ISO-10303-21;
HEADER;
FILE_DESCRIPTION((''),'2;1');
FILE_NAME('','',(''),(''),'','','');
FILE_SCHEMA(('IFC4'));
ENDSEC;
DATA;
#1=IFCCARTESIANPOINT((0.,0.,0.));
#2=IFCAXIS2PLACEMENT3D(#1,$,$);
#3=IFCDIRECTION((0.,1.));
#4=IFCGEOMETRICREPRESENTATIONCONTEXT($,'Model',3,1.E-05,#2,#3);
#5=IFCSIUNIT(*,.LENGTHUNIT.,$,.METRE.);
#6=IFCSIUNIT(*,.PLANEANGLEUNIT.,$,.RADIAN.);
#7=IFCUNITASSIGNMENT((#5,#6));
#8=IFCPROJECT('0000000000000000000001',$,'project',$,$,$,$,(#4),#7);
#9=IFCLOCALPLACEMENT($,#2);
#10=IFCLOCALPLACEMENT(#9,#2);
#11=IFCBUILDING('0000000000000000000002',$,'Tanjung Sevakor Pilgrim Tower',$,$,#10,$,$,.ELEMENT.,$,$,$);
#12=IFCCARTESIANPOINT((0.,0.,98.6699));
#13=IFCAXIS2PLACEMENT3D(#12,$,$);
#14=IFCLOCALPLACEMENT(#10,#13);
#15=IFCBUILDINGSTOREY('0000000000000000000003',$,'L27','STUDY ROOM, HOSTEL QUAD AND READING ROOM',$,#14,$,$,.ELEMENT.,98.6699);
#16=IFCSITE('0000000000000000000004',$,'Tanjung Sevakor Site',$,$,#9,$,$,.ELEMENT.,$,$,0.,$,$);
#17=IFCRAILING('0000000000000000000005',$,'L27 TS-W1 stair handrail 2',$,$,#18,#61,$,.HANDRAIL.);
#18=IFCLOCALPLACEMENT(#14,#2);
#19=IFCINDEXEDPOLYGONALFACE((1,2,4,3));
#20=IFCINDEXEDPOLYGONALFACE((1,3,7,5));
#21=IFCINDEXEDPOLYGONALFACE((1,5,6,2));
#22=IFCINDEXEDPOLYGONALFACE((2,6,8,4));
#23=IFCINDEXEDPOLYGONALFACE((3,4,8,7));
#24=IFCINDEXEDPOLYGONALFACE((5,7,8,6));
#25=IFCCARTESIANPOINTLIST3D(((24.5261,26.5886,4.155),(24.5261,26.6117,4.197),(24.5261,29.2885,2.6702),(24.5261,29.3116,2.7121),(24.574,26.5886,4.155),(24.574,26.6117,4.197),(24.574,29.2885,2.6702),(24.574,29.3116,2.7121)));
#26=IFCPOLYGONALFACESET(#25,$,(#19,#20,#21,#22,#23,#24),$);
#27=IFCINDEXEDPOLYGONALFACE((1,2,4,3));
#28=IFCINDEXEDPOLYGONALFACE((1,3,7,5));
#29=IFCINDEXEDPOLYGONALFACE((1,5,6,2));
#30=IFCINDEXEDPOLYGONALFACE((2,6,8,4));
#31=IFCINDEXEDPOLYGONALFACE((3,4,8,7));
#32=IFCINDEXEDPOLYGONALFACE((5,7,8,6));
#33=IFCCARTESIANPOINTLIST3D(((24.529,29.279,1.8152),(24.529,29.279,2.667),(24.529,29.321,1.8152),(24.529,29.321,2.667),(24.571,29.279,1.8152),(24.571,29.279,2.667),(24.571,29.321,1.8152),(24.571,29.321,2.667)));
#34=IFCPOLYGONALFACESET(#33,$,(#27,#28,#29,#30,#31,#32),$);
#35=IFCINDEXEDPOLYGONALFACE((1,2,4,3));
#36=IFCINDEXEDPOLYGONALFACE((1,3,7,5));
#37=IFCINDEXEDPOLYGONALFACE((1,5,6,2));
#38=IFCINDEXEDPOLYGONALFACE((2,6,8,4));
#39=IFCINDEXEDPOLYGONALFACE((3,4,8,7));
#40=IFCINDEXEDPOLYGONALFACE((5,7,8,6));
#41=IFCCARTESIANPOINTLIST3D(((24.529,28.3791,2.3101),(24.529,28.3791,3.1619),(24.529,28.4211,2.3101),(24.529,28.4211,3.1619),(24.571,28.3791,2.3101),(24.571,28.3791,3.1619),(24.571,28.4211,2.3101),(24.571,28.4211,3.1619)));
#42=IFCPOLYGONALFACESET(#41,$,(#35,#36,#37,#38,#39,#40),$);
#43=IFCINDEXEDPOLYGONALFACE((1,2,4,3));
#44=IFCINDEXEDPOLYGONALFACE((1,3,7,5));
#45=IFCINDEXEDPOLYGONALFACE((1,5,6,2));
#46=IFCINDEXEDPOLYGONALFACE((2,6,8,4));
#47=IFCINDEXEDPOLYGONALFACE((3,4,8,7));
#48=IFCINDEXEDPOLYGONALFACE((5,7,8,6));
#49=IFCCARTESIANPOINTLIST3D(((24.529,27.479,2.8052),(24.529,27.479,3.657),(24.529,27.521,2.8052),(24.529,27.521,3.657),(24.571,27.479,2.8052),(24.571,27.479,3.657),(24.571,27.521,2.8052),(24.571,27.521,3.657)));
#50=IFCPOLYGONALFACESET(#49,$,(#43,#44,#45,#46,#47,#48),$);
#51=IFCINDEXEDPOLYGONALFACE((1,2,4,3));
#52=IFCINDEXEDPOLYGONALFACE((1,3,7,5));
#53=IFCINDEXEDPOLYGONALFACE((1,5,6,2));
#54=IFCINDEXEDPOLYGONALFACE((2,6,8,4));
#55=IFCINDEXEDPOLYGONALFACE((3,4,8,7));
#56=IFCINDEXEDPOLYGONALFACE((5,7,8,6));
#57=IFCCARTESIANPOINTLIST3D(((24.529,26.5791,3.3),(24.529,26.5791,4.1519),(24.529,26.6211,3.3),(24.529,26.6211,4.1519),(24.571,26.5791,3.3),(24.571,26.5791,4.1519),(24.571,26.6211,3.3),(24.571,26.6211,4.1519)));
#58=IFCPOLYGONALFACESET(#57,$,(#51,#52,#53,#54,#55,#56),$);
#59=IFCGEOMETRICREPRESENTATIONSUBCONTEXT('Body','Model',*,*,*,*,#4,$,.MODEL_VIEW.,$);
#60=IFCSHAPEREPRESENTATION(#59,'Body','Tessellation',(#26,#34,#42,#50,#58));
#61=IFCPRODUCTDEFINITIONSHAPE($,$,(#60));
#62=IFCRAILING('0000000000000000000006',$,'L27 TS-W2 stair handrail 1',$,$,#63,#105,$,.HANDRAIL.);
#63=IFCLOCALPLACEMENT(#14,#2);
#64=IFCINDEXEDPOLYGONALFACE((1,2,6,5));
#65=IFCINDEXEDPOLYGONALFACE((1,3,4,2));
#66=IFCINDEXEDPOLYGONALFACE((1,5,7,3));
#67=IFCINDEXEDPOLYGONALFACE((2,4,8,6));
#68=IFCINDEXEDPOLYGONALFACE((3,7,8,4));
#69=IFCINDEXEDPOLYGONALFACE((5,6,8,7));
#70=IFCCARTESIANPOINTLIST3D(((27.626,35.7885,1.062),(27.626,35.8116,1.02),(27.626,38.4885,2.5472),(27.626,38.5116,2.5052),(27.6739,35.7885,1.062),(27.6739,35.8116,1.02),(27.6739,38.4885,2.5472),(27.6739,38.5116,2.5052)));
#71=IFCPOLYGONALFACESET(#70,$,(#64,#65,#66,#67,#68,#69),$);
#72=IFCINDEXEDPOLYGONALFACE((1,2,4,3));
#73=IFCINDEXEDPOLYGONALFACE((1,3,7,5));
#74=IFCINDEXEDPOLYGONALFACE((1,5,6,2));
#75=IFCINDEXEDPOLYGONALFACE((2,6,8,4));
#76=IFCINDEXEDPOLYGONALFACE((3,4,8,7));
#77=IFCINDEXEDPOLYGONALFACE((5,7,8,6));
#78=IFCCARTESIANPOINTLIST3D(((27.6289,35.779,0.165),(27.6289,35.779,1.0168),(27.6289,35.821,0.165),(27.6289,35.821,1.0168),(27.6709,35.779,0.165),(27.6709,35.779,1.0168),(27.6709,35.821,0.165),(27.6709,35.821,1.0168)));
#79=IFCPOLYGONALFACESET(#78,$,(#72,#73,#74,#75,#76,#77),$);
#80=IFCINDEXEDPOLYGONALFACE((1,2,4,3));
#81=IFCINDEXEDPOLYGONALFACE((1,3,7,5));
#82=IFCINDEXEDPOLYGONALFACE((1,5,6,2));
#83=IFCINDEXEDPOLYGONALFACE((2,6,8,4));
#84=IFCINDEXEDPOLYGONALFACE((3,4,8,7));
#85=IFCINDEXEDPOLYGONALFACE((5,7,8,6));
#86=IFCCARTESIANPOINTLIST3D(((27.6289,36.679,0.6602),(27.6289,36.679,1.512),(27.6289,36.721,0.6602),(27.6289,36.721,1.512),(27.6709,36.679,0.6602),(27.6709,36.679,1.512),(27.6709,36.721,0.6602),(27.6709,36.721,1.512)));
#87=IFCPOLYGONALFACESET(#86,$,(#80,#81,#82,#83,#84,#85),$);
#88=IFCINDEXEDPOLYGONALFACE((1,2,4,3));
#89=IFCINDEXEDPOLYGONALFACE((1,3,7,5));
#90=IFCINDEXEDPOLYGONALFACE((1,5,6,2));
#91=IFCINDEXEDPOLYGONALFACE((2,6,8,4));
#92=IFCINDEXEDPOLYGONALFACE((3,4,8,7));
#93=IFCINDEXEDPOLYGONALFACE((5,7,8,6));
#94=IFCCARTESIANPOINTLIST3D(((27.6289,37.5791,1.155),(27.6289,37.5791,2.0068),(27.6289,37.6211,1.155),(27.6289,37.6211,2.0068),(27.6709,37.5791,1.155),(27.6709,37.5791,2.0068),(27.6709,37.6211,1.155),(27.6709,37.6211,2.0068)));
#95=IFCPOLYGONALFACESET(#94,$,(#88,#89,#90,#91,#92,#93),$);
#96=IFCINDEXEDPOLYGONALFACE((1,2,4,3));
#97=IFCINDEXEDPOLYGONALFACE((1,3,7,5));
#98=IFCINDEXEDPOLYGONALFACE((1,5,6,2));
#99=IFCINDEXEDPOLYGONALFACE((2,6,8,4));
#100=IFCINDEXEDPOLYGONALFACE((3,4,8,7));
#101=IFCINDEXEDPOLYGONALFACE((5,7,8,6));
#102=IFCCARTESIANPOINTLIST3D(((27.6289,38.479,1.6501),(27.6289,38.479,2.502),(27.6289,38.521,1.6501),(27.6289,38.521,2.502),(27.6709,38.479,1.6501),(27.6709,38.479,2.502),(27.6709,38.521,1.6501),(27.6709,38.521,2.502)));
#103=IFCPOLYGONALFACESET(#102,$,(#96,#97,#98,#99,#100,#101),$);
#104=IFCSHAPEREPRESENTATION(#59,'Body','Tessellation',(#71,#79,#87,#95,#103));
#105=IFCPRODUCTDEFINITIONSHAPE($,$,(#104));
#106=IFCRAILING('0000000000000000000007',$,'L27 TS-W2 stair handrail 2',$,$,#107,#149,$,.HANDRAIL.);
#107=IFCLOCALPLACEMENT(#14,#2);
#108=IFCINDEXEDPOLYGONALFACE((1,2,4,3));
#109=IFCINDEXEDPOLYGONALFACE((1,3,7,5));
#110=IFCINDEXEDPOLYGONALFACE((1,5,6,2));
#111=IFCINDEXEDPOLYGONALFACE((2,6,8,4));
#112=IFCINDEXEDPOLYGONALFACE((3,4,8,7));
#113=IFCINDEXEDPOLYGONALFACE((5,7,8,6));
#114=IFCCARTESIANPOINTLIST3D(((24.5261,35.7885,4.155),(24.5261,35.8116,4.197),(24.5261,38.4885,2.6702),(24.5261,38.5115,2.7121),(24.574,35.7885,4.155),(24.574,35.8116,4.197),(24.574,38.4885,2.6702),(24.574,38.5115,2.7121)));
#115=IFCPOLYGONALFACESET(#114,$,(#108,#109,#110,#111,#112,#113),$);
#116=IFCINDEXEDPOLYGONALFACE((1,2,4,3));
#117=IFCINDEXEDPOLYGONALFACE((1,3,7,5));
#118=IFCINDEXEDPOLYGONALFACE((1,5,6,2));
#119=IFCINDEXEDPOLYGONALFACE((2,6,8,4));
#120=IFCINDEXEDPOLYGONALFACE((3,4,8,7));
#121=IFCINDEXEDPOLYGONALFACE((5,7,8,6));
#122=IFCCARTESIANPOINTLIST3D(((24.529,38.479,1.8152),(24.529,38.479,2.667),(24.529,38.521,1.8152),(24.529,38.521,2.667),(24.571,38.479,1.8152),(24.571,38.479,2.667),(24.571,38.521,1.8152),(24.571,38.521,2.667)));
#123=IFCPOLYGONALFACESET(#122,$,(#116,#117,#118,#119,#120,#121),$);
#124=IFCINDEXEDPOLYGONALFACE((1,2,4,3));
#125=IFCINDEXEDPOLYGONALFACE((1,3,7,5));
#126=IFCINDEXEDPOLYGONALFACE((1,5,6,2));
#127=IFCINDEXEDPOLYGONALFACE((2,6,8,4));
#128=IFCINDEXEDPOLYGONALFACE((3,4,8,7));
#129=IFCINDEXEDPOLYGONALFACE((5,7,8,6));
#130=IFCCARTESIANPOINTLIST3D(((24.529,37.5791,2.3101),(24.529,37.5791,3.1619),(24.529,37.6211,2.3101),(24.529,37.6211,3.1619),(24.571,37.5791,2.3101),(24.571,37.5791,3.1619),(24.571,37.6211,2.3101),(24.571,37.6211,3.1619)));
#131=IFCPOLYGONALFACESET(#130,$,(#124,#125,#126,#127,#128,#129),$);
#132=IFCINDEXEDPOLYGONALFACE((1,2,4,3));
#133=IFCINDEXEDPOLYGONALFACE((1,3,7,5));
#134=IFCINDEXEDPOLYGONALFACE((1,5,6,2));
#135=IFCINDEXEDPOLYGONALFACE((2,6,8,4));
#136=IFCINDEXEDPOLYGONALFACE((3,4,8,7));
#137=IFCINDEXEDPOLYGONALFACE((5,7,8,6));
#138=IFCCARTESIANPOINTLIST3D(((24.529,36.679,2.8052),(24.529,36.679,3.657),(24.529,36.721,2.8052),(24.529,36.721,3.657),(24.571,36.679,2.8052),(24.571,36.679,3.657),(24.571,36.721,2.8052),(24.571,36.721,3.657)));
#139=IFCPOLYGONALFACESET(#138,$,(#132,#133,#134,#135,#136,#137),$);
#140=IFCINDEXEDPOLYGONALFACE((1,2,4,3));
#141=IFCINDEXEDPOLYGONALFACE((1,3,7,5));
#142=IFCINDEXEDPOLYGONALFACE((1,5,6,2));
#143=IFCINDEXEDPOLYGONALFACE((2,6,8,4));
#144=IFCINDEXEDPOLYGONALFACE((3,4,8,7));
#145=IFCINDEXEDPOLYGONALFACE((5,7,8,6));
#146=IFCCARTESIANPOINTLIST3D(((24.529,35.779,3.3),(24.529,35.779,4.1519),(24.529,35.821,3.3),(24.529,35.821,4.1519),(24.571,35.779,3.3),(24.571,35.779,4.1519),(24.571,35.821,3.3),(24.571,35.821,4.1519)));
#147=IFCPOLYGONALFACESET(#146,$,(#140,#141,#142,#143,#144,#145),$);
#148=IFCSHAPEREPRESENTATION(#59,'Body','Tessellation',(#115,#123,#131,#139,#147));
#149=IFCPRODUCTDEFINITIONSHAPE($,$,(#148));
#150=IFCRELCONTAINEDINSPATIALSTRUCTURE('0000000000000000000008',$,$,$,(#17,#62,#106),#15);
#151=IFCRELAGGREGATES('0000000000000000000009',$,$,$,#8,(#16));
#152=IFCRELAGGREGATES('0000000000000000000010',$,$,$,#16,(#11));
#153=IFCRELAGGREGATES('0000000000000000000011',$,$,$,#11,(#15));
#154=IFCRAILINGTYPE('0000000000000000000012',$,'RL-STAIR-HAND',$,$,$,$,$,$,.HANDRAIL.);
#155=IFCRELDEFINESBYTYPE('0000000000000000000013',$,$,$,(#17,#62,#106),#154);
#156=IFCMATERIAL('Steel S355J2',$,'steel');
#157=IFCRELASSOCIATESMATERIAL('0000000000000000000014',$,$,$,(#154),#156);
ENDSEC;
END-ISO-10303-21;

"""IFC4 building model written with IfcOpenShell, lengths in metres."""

from ifc_helpers import new_model, si_unit, direction, frame, origin, place, context, subcontext, project, spatial, rectangle, extrude, material, type_object, element, save


model = new_model("IFC4")

# Units and contexts
model_context = context("Model", 3, precision=1e-05, world=origin(), true_north=direction((0.0, 1.0)))
body_context = subcontext(model_context, "Body", "Model", "MODEL_VIEW")
ifc_project = project(units=[si_unit("LENGTHUNIT", "METRE"), si_unit("PLANEANGLEUNIT", "RADIAN")], contexts=[model_context])

# Site, building, storey
site_placement = place(None, origin())
site = spatial("IfcSite", under=ifc_project, at=site_placement, Name="Tanjung Sevakor Site", CompositionType="ELEMENT", RefElevation=0.0)
building_placement = place(site_placement, origin())
building = spatial("IfcBuilding", under=site, at=building_placement, Name="Tanjung Sevakor Pilgrim Tower", CompositionType="ELEMENT")
storey_placement = place(building_placement, frame((0.0, 0.0, 98.6699)))
storey = spatial("IfcBuildingStorey", under=building, at=storey_placement, Name="L27", Description="STUDY ROOM, HOSTEL QUAD AND READING ROOM", CompositionType="ELEMENT", Elevation=98.6699)

# Railings
ifc_material_1 = material(Name="Steel S355J2", Category="steel")
railing_type_1 = type_object("IfcRailingType", Name="RL-STAIR-HAND", PredefinedType="HANDRAIL", material=ifc_material_1)
railing_1_placement = place(storey_placement, frame((24.55, 29.3, 1.8152)))
element("IfcRailing", 1, at=railing_1_placement, inside=storey, type_object=railing_type_1, Name="L27 TS-W1 stair handrail 2", PredefinedType="HANDRAIL", context=body_context, shape_type="SweptSolid", body=[
    extrude(rectangle(XDim=0.0479, YDim=0.0479), frame((0.0, 0.0, 0.876), z_axis=(0.0, -0.876231, 0.481891), x_axis=(1.0, 0.0, 0.0)), (0.0, 0.0, 1.0), 3.0813),
    extrude(rectangle(XDim=0.042, YDim=0.042), origin(), (0.0, 0.0, 1.0), 0.8518),
    extrude(rectangle(XDim=0.042, YDim=0.042), frame((0.0, -0.8999, 0.4949)), (0.0, 0.0, 1.0), 0.8518),
    extrude(rectangle(XDim=0.042, YDim=0.042), frame((0.0, -1.8, 0.99)), (0.0, 0.0, 1.0), 0.8518),
    extrude(rectangle(XDim=0.042, YDim=0.042), frame((0.0, -2.7, 1.4849)), (0.0, 0.0, 1.0), 0.8518),
])
railing_2_placement = place(storey_placement, frame((27.6499, 35.8, 0.165)))
element("IfcRailing", 2, at=railing_2_placement, inside=storey, type_object=railing_type_1, Name="L27 TS-W2 stair handrail 1", PredefinedType="HANDRAIL", context=body_context, shape_type="SweptSolid", body=[
    extrude(rectangle(XDim=0.0479, YDim=0.0479), frame((0.0, 0.0, 0.876), z_axis=(0.0, 0.876198, 0.481952), x_axis=(-1.0, 0.0, 0.0)), (0.0, 0.0, 1.0), 3.0815),
    extrude(rectangle(XDim=0.042, YDim=0.042), origin(), (0.0, 0.0, 1.0), 0.8518),
    extrude(rectangle(XDim=0.042, YDim=0.042), frame((0.0, 0.8999, 0.4951)), (0.0, 0.0, 1.0), 0.8518),
    extrude(rectangle(XDim=0.042, YDim=0.042), frame((0.0, 1.8, 0.99)), (0.0, 0.0, 1.0), 0.8518),
    extrude(rectangle(XDim=0.042, YDim=0.042), frame((0.0, 2.7, 1.4851)), (0.0, 0.0, 1.0), 0.8518),
])
railing_3_placement = place(storey_placement, frame((24.55, 38.5, 1.8152)))
element("IfcRailing", 3, at=railing_3_placement, inside=storey, type_object=railing_type_1, Name="L27 TS-W2 stair handrail 2", PredefinedType="HANDRAIL", context=body_context, shape_type="SweptSolid", body=[
    extrude(rectangle(XDim=0.0479, YDim=0.0479), frame((0.0, 0.0, 0.876), z_axis=(0.0, -0.876231, 0.481891), x_axis=(1.0, 0.0, 0.0)), (0.0, 0.0, 1.0), 3.0813),
    extrude(rectangle(XDim=0.042, YDim=0.042), origin(), (0.0, 0.0, 1.0), 0.8518),
    extrude(rectangle(XDim=0.042, YDim=0.042), frame((0.0, -0.8999, 0.4949)), (0.0, 0.0, 1.0), 0.8518),
    extrude(rectangle(XDim=0.042, YDim=0.042), frame((0.0, -1.8, 0.99)), (0.0, 0.0, 1.0), 0.8518),
    extrude(rectangle(XDim=0.042, YDim=0.042), frame((0.0, -2.7, 1.4849)), (0.0, 0.0, 1.0), 0.8518),
])

save(model, "model.ifc")
